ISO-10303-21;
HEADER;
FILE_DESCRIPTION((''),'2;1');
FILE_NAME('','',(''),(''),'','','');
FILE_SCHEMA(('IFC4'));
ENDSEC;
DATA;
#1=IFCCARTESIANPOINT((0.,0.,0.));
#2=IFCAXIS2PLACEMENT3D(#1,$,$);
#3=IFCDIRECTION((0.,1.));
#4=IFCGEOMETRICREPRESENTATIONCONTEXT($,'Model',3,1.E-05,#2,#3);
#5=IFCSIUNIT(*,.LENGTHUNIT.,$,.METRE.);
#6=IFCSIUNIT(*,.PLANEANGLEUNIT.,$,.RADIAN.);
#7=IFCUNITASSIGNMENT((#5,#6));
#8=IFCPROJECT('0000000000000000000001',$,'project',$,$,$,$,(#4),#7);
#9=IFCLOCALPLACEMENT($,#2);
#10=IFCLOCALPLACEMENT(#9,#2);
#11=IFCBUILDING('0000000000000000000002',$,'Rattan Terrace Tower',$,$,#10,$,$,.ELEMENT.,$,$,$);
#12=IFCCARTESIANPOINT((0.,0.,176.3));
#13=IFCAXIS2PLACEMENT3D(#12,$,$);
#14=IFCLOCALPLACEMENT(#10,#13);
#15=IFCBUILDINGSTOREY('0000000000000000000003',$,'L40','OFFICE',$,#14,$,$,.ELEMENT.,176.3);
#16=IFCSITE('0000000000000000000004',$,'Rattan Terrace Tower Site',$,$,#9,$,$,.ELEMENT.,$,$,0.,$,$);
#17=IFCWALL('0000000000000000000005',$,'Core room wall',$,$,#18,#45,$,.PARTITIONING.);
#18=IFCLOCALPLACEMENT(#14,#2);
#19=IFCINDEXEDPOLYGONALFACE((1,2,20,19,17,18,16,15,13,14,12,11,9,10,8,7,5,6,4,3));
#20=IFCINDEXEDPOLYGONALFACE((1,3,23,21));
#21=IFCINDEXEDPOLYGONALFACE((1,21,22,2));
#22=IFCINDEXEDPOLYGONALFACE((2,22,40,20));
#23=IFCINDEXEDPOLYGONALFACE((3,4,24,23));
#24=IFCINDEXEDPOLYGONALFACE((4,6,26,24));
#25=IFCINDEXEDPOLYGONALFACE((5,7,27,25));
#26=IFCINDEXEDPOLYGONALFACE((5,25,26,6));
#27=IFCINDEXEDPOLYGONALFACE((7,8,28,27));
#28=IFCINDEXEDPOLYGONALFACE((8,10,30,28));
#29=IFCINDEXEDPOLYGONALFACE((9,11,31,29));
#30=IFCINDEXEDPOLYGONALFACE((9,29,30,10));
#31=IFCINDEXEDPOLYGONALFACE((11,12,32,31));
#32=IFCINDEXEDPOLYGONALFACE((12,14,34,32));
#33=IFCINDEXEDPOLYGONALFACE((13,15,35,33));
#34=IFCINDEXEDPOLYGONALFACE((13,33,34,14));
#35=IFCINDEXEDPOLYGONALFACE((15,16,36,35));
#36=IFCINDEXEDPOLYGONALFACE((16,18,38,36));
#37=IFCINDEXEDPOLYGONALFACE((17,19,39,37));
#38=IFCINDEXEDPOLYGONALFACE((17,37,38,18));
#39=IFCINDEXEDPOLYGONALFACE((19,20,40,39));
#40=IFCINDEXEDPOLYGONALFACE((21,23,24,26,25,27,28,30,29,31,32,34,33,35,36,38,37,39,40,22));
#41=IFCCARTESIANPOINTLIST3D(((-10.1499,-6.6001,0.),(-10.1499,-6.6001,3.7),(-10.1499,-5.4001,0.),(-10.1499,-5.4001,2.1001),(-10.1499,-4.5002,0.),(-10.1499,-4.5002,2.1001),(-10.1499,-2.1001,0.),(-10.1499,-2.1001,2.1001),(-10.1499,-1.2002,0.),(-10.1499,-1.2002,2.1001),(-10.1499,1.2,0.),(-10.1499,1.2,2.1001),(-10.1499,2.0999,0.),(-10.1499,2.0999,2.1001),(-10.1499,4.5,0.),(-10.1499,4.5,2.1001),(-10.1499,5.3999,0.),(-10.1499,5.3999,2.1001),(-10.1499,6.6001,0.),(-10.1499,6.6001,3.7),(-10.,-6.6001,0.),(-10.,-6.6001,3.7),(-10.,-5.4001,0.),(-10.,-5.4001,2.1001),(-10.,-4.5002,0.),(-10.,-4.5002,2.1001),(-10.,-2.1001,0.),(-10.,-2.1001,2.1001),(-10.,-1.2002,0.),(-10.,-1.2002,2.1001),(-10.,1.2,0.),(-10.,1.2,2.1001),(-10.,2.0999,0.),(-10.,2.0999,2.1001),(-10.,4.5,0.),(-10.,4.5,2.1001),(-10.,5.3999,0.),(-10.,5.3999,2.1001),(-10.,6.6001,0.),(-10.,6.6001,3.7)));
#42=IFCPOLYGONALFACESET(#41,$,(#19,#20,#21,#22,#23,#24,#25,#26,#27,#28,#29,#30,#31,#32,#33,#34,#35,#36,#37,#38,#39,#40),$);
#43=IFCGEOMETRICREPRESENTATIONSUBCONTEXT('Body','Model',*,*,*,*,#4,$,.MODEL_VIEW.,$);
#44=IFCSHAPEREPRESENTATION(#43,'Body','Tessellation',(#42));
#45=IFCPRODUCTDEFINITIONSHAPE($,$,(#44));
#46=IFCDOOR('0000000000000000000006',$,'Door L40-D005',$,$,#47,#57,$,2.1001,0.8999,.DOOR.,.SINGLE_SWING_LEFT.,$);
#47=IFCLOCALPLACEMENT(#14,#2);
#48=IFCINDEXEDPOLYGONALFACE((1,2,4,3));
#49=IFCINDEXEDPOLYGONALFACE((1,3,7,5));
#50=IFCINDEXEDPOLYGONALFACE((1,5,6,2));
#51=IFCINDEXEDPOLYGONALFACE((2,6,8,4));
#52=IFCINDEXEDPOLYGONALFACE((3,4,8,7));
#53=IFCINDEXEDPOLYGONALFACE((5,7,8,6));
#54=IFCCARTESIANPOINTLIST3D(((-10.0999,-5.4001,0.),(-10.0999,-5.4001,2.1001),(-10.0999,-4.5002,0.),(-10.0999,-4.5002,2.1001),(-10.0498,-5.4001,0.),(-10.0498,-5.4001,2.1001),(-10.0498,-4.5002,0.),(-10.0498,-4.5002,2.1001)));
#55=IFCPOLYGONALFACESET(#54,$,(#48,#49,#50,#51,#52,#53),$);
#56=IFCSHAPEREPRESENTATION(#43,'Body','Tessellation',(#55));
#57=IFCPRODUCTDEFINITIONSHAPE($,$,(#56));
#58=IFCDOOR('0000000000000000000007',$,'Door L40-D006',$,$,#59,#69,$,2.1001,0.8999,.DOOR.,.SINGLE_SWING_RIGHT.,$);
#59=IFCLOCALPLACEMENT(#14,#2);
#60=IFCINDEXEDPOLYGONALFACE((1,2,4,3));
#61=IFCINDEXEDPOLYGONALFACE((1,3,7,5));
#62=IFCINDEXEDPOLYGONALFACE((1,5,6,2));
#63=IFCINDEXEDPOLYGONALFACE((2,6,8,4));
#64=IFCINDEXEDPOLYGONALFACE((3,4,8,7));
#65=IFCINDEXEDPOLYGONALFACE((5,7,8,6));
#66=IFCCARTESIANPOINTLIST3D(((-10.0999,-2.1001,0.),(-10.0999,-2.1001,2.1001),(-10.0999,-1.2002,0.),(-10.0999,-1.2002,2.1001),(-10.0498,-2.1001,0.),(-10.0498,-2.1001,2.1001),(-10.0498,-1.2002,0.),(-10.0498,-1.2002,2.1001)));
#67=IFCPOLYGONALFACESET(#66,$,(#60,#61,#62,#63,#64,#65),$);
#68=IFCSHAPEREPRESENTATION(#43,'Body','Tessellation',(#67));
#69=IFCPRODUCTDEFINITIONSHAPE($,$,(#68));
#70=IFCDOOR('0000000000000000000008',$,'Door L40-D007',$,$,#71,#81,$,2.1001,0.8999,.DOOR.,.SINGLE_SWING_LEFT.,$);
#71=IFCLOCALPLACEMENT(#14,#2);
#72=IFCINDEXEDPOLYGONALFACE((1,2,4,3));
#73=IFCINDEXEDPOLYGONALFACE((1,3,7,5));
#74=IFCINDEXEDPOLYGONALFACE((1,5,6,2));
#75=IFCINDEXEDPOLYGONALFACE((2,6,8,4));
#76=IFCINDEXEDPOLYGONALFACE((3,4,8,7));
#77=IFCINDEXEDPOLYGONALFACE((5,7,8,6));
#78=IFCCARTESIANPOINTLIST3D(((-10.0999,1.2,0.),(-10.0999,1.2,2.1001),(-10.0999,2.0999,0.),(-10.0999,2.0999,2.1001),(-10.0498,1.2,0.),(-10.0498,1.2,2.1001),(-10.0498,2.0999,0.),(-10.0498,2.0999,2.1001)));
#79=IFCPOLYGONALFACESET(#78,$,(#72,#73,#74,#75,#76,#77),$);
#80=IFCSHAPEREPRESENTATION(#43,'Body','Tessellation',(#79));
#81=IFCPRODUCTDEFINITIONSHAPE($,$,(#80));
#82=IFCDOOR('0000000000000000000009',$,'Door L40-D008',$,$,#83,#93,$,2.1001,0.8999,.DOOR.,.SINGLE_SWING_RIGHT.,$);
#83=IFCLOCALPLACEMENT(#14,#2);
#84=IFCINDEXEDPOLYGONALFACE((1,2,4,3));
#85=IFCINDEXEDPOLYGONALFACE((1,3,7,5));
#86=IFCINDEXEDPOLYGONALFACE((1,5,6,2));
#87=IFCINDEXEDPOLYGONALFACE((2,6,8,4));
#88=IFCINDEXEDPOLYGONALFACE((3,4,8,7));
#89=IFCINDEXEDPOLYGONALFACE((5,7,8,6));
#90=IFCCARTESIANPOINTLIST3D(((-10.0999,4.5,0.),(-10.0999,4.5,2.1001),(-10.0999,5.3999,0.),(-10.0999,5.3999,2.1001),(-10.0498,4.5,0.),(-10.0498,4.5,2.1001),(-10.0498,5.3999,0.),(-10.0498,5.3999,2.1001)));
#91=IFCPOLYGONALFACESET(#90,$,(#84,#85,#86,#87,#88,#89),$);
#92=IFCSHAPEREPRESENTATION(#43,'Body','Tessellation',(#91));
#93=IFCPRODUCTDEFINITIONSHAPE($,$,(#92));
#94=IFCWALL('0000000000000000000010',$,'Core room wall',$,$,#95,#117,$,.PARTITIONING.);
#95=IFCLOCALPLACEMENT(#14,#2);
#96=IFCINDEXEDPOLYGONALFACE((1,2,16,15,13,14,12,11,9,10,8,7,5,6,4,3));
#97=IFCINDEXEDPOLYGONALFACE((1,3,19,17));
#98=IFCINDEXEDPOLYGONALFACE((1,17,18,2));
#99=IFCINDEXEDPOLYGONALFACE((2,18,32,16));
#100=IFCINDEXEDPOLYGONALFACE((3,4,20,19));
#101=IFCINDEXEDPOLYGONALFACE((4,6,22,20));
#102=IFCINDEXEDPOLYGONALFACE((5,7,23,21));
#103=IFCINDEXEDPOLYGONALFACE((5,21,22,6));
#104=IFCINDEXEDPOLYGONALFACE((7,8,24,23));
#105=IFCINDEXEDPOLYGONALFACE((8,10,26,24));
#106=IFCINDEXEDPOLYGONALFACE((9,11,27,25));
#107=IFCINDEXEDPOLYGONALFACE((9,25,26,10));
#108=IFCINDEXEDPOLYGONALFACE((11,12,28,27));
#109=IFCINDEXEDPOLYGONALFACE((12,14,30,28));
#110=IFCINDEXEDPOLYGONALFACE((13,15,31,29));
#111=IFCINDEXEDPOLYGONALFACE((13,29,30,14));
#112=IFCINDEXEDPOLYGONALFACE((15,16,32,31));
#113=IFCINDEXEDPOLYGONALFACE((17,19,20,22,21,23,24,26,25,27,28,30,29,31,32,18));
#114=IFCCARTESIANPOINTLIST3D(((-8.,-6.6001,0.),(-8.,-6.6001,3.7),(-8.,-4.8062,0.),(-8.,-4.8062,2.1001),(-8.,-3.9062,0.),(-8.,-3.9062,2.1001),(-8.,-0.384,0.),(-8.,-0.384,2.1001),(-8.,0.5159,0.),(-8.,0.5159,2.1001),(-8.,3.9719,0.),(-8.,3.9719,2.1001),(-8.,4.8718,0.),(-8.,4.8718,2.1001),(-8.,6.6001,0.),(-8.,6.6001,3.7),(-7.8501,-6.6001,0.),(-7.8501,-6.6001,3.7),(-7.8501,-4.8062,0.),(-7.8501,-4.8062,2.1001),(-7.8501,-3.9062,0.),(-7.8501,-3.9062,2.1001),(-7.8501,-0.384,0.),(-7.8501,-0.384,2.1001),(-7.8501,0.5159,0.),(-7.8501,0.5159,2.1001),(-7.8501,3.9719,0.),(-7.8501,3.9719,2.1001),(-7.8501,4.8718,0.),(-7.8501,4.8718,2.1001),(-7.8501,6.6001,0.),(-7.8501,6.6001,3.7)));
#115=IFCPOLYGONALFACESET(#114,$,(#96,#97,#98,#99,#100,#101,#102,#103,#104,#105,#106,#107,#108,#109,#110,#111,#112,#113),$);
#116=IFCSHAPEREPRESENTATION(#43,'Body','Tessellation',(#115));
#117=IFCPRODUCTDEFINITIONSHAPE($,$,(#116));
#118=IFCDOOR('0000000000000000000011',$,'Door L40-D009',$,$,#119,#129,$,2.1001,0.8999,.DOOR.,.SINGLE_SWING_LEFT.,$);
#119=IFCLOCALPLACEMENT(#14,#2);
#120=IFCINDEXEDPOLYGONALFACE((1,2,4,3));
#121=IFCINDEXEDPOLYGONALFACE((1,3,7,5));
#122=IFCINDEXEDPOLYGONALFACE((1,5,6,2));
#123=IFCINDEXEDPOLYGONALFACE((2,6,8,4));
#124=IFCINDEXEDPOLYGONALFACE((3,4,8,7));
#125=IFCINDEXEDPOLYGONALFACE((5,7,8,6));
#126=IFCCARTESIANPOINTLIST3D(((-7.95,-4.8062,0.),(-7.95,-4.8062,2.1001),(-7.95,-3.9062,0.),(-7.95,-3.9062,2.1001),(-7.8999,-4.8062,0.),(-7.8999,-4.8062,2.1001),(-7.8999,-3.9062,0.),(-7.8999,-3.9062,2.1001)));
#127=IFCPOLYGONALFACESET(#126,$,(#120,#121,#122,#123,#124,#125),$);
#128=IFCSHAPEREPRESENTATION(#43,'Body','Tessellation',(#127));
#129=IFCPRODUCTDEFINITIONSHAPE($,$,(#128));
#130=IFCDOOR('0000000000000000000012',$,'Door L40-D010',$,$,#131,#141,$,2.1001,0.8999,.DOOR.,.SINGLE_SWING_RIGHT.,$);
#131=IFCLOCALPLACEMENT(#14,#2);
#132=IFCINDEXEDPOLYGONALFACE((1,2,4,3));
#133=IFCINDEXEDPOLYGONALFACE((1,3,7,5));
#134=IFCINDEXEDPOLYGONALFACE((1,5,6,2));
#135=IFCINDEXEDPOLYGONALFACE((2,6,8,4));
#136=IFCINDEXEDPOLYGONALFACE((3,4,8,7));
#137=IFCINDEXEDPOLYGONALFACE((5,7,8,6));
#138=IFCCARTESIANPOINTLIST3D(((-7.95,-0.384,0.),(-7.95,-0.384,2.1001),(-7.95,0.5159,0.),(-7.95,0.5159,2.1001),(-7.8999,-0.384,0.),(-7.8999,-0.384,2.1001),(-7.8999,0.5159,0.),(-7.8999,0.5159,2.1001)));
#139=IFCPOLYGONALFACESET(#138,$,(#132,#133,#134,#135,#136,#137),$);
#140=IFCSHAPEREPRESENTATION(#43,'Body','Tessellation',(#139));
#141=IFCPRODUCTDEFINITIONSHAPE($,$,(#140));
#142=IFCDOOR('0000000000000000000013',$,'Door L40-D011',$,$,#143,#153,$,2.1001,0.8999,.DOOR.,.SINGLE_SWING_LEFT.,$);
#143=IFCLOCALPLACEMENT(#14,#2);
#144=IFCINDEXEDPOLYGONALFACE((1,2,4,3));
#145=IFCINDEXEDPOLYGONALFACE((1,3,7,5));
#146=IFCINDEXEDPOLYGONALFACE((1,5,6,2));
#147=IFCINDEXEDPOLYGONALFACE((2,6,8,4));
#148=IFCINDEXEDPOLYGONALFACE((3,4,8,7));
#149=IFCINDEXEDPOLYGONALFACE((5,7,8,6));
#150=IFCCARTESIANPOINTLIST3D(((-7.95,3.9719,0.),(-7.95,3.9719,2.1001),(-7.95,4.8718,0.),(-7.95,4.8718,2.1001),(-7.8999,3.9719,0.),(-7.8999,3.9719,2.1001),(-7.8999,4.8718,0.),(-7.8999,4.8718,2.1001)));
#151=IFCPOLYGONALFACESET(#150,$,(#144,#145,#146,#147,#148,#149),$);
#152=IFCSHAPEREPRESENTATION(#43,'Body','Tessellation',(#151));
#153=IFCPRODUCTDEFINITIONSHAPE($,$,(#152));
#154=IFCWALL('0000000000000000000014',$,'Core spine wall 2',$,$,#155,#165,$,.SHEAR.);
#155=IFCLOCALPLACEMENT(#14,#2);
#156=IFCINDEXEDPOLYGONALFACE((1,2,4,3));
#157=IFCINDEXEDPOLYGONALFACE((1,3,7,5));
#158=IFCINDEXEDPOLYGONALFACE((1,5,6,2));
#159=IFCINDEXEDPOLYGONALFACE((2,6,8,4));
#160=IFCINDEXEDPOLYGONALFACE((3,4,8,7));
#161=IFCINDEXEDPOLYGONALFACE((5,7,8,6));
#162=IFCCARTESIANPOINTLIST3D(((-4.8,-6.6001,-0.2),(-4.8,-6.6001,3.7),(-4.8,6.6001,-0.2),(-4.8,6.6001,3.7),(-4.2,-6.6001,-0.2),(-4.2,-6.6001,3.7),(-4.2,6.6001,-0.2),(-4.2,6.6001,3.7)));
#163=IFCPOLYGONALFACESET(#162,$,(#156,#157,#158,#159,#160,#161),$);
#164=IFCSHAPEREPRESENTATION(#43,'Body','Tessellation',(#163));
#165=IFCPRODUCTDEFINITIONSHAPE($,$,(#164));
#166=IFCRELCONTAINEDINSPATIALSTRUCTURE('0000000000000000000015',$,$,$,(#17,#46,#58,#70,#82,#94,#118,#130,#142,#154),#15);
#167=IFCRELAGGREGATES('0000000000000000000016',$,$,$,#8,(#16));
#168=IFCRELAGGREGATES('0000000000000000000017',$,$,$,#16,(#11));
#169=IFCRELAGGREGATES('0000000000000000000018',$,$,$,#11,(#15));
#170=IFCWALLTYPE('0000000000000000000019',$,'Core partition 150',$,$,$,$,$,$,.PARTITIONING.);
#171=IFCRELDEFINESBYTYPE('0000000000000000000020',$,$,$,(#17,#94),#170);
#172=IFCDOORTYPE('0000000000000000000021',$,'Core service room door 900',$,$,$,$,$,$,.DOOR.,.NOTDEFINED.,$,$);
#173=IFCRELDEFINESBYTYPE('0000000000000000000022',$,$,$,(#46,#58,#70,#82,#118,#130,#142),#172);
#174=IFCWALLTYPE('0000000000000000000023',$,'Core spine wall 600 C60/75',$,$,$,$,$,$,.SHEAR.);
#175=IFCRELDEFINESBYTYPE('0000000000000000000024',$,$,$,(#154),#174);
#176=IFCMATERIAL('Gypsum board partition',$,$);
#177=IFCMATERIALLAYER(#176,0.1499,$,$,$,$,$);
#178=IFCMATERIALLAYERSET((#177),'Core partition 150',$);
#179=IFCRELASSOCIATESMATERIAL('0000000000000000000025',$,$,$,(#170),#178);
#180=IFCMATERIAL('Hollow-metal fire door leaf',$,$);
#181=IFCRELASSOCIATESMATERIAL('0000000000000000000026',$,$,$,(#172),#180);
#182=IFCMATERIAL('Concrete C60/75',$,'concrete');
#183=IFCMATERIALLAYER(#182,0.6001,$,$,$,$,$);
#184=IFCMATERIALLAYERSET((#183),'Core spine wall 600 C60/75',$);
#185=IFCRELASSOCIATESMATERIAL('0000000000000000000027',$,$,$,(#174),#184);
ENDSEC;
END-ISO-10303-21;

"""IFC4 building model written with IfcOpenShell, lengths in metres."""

from ifc_helpers import new_model, si_unit, direction, frame, frame_2d, origin, place, context, subcontext, project, spatial, rectangle, extrude, material, layer, layer_set, type_object, element, fill, save


model = new_model("IFC4")

# Units and contexts
model_context = context("Model", 3, precision=1e-05, world=origin(), true_north=direction((0.0, 1.0)))
body_context = subcontext(model_context, "Body", "Model", "MODEL_VIEW")
ifc_project = project(units=[si_unit("LENGTHUNIT", "METRE"), si_unit("PLANEANGLEUNIT", "RADIAN")], contexts=[model_context])

# Site, building, storey
site_placement = place(None, origin())
site = spatial("IfcSite", under=ifc_project, at=site_placement, Name="Rattan Terrace Tower Site", CompositionType="ELEMENT", RefElevation=0.0)
building_placement = place(site_placement, origin())
building = spatial("IfcBuilding", under=site, at=building_placement, Name="Rattan Terrace Tower", CompositionType="ELEMENT")
storey_placement = place(building_placement, frame((0.0, 0.0, 176.3)))
storey = spatial("IfcBuildingStorey", under=building, at=storey_placement, Name="L40", Description="OFFICE", CompositionType="ELEMENT", Elevation=176.3)

# Walls, openings, doors
ifc_material_1 = material(Name="Gypsum board partition")
ifc_layer_1 = layer(ifc_material_1, 0.1499)
ifc_layer_set_1 = layer_set([ifc_layer_1], Name="Core partition 150")
wall_type_1 = type_object("IfcWallType", Name="Core partition 150", PredefinedType="PARTITIONING", material=ifc_layer_set_1)
wall_1_placement = place(storey_placement, frame((-10.075, -6.6001, 0.0), z_axis=(0.0, 0.0, 1.0), x_axis=(0.0, 1.0, 0.0)))
wall_1 = element("IfcWall", 1, at=wall_1_placement, inside=storey, type_object=wall_type_1, Name="Core room wall", PredefinedType="PARTITIONING", context=body_context, shape_type="SweptSolid", body=[
    extrude(rectangle(XDim=13.2002, YDim=0.1499, at=frame_2d((6.6001, 0.0))), origin(), (0.0, 0.0, 1.0), 3.7),
])
opening_1_placement = place(wall_1_placement, frame((1.2, 0.0, 0.0)))
opening_1 = element("IfcOpeningElement", 2, at=opening_1_placement, cuts=wall_1, PredefinedType="OPENING", context=body_context, shape_type="SweptSolid", body=[
    extrude(rectangle(XDim=0.8999, YDim=2.1001, at=frame_2d((0.45, 1.05))), frame((0.0, 0.0854, 0.0), z_axis=(0.0, -1.0, 0.0), x_axis=(1.0, 0.0, 0.0)), (0.0, 0.0, 1.0), 0.1709),
])
opening_2_placement = place(wall_1_placement, frame((4.5, 0.0, 0.0)))
opening_2 = element("IfcOpeningElement", 3, at=opening_2_placement, cuts=wall_1, PredefinedType="OPENING", context=body_context, shape_type="SweptSolid", body=[
    extrude(rectangle(XDim=0.8999, YDim=2.1001, at=frame_2d((0.45, 1.05))), frame((0.0, 0.0854, 0.0), z_axis=(0.0, -1.0, 0.0), x_axis=(1.0, 0.0, 0.0)), (0.0, 0.0, 1.0), 0.1709),
])
opening_3_placement = place(wall_1_placement, frame((7.8, 0.0, 0.0)))
opening_3 = element("IfcOpeningElement", 4, at=opening_3_placement, cuts=wall_1, PredefinedType="OPENING", context=body_context, shape_type="SweptSolid", body=[
    extrude(rectangle(XDim=0.8999, YDim=2.1001, at=frame_2d((0.45, 1.05))), frame((0.0, 0.0854, 0.0), z_axis=(0.0, -1.0, 0.0), x_axis=(1.0, 0.0, 0.0)), (0.0, 0.0, 1.0), 0.1709),
])
opening_4_placement = place(wall_1_placement, frame((11.1001, 0.0, 0.0)))
opening_4 = element("IfcOpeningElement", 5, at=opening_4_placement, cuts=wall_1, PredefinedType="OPENING", context=body_context, shape_type="SweptSolid", body=[
    extrude(rectangle(XDim=0.8999, YDim=2.1001, at=frame_2d((0.45, 1.05))), frame((0.0, 0.0854, 0.0), z_axis=(0.0, -1.0, 0.0), x_axis=(1.0, 0.0, 0.0)), (0.0, 0.0, 1.0), 0.1709),
])
ifc_material_2 = material(Name="Hollow-metal fire door leaf")
door_type_1 = type_object("IfcDoorType", Name="Core service room door 900", OperationType="NOTDEFINED", PredefinedType="DOOR", material=ifc_material_2)
door_1_placement = place(opening_1_placement, origin())
door_1 = element("IfcDoor", 6, at=door_1_placement, inside=storey, type_object=door_type_1, Name="Door L40-D005", OperationType="SINGLE_SWING_LEFT", OverallHeight=2.1001, OverallWidth=0.8999, PredefinedType="DOOR", context=body_context, shape_type="SweptSolid", body=[
    extrude(rectangle(XDim=0.8999, YDim=2.1001, at=frame_2d((0.45, 1.05))), frame((0.0, 0.0249, 0.0), z_axis=(0.0, -1.0, 0.0), x_axis=(1.0, 0.0, 0.0)), (0.0, 0.0, 1.0), 0.05),
])
fill(opening_1, door_1)
door_2_placement = place(opening_2_placement, origin())
door_2 = element("IfcDoor", 7, at=door_2_placement, inside=storey, type_object=door_type_1, Name="Door L40-D006", OperationType="SINGLE_SWING_RIGHT", OverallHeight=2.1001, OverallWidth=0.8999, PredefinedType="DOOR", context=body_context, shape_type="SweptSolid", body=[
    extrude(rectangle(XDim=0.8999, YDim=2.1001, at=frame_2d((0.45, 1.05))), frame((0.0, 0.0249, 0.0), z_axis=(0.0, -1.0, 0.0), x_axis=(1.0, 0.0, 0.0)), (0.0, 0.0, 1.0), 0.05),
])
fill(opening_2, door_2)
door_3_placement = place(opening_3_placement, origin())
door_3 = element("IfcDoor", 8, at=door_3_placement, inside=storey, type_object=door_type_1, Name="Door L40-D007", OperationType="SINGLE_SWING_LEFT", OverallHeight=2.1001, OverallWidth=0.8999, PredefinedType="DOOR", context=body_context, shape_type="SweptSolid", body=[
    extrude(rectangle(XDim=0.8999, YDim=2.1001, at=frame_2d((0.45, 1.05))), frame((0.0, 0.0249, 0.0), z_axis=(0.0, -1.0, 0.0), x_axis=(1.0, 0.0, 0.0)), (0.0, 0.0, 1.0), 0.05),
])
fill(opening_3, door_3)
door_4_placement = place(opening_4_placement, origin())
door_4 = element("IfcDoor", 9, at=door_4_placement, inside=storey, type_object=door_type_1, Name="Door L40-D008", OperationType="SINGLE_SWING_RIGHT", OverallHeight=2.1001, OverallWidth=0.8999, PredefinedType="DOOR", context=body_context, shape_type="SweptSolid", body=[
    extrude(rectangle(XDim=0.8999, YDim=2.1001, at=frame_2d((0.45, 1.05))), frame((0.0, 0.0249, 0.0), z_axis=(0.0, -1.0, 0.0), x_axis=(1.0, 0.0, 0.0)), (0.0, 0.0, 1.0), 0.05),
])
fill(opening_4, door_4)
wall_2_placement = place(storey_placement, frame((-7.925, -6.6001, 0.0), z_axis=(0.0, 0.0, 1.0), x_axis=(0.0, 1.0, 0.0)))
wall_2 = element("IfcWall", 10, at=wall_2_placement, inside=storey, type_object=wall_type_1, Name="Core room wall", PredefinedType="PARTITIONING", context=body_context, shape_type="SweptSolid", body=[
    extrude(rectangle(XDim=13.2002, YDim=0.1499, at=frame_2d((6.6001, 0.0))), origin(), (0.0, 0.0, 1.0), 3.7),
])
opening_5_placement = place(wall_2_placement, frame((1.7939, 0.0, 0.0)))
opening_5 = element("IfcOpeningElement", 11, at=opening_5_placement, cuts=wall_2, PredefinedType="OPENING", context=body_context, shape_type="SweptSolid", body=[
    extrude(rectangle(XDim=0.8999, YDim=2.1001, at=frame_2d((0.45, 1.05))), frame((0.0, 0.0854, 0.0), z_axis=(0.0, -1.0, 0.0), x_axis=(1.0, 0.0, 0.0)), (0.0, 0.0, 1.0), 0.1709),
])
opening_6_placement = place(wall_2_placement, frame((6.2161, 0.0, 0.0)))
opening_6 = element("IfcOpeningElement", 12, at=opening_6_placement, cuts=wall_2, PredefinedType="OPENING", context=body_context, shape_type="SweptSolid", body=[
    extrude(rectangle(XDim=0.8999, YDim=2.1001, at=frame_2d((0.45, 1.05))), frame((0.0, 0.0854, 0.0), z_axis=(0.0, -1.0, 0.0), x_axis=(1.0, 0.0, 0.0)), (0.0, 0.0, 1.0), 0.1709),
])
opening_7_placement = place(wall_2_placement, frame((10.572, 0.0, 0.0)))
opening_7 = element("IfcOpeningElement", 13, at=opening_7_placement, cuts=wall_2, PredefinedType="OPENING", context=body_context, shape_type="SweptSolid", body=[
    extrude(rectangle(XDim=0.8999, YDim=2.1001, at=frame_2d((0.45, 1.05))), frame((0.0, 0.0854, 0.0), z_axis=(0.0, -1.0, 0.0), x_axis=(1.0, 0.0, 0.0)), (0.0, 0.0, 1.0), 0.1709),
])
door_5_placement = place(opening_5_placement, origin())
door_5 = element("IfcDoor", 14, at=door_5_placement, inside=storey, type_object=door_type_1, Name="Door L40-D009", OperationType="SINGLE_SWING_LEFT", OverallHeight=2.1001, OverallWidth=0.8999, PredefinedType="DOOR", context=body_context, shape_type="SweptSolid", body=[
    extrude(rectangle(XDim=0.8999, YDim=2.1001, at=frame_2d((0.45, 1.05))), frame((0.0, 0.0249, 0.0), z_axis=(0.0, -1.0, 0.0), x_axis=(1.0, 0.0, 0.0)), (0.0, 0.0, 1.0), 0.05),
])
fill(opening_5, door_5)
door_6_placement = place(opening_6_placement, origin())
door_6 = element("IfcDoor", 15, at=door_6_placement, inside=storey, type_object=door_type_1, Name="Door L40-D010", OperationType="SINGLE_SWING_RIGHT", OverallHeight=2.1001, OverallWidth=0.8999, PredefinedType="DOOR", context=body_context, shape_type="SweptSolid", body=[
    extrude(rectangle(XDim=0.8999, YDim=2.1001, at=frame_2d((0.45, 1.05))), frame((0.0, 0.0249, 0.0), z_axis=(0.0, -1.0, 0.0), x_axis=(1.0, 0.0, 0.0)), (0.0, 0.0, 1.0), 0.05),
])
fill(opening_6, door_6)
door_7_placement = place(opening_7_placement, origin())
door_7 = element("IfcDoor", 16, at=door_7_placement, inside=storey, type_object=door_type_1, Name="Door L40-D011", OperationType="SINGLE_SWING_LEFT", OverallHeight=2.1001, OverallWidth=0.8999, PredefinedType="DOOR", context=body_context, shape_type="SweptSolid", body=[
    extrude(rectangle(XDim=0.8999, YDim=2.1001, at=frame_2d((0.45, 1.05))), frame((0.0, 0.0249, 0.0), z_axis=(0.0, -1.0, 0.0), x_axis=(1.0, 0.0, 0.0)), (0.0, 0.0, 1.0), 0.05),
])
fill(opening_7, door_7)

# Wall
ifc_material_3 = material(Name="Concrete C60/75", Category="concrete")
ifc_layer_2 = layer(ifc_material_3, 0.6001)
ifc_layer_set_2 = layer_set([ifc_layer_2], Name="Core spine wall 600 C60/75")
wall_type_2 = type_object("IfcWallType", Name="Core spine wall 600 C60/75", PredefinedType="SHEAR", material=ifc_layer_set_2)
wall_3_placement = place(storey_placement, frame((-4.5, -6.6001, -0.2), z_axis=(0.0, 0.0, 1.0), x_axis=(0.0, 1.0, 0.0)))
element("IfcWall", 17, at=wall_3_placement, inside=storey, type_object=wall_type_2, Name="Core spine wall 2", PredefinedType="SHEAR", context=body_context, shape_type="SweptSolid", body=[
    extrude(rectangle(XDim=13.2002, YDim=0.6001, at=frame_2d((6.6001, 0.0))), origin(), (0.0, 0.0, 1.0), 3.8999),
])

save(model, "model.ifc")
